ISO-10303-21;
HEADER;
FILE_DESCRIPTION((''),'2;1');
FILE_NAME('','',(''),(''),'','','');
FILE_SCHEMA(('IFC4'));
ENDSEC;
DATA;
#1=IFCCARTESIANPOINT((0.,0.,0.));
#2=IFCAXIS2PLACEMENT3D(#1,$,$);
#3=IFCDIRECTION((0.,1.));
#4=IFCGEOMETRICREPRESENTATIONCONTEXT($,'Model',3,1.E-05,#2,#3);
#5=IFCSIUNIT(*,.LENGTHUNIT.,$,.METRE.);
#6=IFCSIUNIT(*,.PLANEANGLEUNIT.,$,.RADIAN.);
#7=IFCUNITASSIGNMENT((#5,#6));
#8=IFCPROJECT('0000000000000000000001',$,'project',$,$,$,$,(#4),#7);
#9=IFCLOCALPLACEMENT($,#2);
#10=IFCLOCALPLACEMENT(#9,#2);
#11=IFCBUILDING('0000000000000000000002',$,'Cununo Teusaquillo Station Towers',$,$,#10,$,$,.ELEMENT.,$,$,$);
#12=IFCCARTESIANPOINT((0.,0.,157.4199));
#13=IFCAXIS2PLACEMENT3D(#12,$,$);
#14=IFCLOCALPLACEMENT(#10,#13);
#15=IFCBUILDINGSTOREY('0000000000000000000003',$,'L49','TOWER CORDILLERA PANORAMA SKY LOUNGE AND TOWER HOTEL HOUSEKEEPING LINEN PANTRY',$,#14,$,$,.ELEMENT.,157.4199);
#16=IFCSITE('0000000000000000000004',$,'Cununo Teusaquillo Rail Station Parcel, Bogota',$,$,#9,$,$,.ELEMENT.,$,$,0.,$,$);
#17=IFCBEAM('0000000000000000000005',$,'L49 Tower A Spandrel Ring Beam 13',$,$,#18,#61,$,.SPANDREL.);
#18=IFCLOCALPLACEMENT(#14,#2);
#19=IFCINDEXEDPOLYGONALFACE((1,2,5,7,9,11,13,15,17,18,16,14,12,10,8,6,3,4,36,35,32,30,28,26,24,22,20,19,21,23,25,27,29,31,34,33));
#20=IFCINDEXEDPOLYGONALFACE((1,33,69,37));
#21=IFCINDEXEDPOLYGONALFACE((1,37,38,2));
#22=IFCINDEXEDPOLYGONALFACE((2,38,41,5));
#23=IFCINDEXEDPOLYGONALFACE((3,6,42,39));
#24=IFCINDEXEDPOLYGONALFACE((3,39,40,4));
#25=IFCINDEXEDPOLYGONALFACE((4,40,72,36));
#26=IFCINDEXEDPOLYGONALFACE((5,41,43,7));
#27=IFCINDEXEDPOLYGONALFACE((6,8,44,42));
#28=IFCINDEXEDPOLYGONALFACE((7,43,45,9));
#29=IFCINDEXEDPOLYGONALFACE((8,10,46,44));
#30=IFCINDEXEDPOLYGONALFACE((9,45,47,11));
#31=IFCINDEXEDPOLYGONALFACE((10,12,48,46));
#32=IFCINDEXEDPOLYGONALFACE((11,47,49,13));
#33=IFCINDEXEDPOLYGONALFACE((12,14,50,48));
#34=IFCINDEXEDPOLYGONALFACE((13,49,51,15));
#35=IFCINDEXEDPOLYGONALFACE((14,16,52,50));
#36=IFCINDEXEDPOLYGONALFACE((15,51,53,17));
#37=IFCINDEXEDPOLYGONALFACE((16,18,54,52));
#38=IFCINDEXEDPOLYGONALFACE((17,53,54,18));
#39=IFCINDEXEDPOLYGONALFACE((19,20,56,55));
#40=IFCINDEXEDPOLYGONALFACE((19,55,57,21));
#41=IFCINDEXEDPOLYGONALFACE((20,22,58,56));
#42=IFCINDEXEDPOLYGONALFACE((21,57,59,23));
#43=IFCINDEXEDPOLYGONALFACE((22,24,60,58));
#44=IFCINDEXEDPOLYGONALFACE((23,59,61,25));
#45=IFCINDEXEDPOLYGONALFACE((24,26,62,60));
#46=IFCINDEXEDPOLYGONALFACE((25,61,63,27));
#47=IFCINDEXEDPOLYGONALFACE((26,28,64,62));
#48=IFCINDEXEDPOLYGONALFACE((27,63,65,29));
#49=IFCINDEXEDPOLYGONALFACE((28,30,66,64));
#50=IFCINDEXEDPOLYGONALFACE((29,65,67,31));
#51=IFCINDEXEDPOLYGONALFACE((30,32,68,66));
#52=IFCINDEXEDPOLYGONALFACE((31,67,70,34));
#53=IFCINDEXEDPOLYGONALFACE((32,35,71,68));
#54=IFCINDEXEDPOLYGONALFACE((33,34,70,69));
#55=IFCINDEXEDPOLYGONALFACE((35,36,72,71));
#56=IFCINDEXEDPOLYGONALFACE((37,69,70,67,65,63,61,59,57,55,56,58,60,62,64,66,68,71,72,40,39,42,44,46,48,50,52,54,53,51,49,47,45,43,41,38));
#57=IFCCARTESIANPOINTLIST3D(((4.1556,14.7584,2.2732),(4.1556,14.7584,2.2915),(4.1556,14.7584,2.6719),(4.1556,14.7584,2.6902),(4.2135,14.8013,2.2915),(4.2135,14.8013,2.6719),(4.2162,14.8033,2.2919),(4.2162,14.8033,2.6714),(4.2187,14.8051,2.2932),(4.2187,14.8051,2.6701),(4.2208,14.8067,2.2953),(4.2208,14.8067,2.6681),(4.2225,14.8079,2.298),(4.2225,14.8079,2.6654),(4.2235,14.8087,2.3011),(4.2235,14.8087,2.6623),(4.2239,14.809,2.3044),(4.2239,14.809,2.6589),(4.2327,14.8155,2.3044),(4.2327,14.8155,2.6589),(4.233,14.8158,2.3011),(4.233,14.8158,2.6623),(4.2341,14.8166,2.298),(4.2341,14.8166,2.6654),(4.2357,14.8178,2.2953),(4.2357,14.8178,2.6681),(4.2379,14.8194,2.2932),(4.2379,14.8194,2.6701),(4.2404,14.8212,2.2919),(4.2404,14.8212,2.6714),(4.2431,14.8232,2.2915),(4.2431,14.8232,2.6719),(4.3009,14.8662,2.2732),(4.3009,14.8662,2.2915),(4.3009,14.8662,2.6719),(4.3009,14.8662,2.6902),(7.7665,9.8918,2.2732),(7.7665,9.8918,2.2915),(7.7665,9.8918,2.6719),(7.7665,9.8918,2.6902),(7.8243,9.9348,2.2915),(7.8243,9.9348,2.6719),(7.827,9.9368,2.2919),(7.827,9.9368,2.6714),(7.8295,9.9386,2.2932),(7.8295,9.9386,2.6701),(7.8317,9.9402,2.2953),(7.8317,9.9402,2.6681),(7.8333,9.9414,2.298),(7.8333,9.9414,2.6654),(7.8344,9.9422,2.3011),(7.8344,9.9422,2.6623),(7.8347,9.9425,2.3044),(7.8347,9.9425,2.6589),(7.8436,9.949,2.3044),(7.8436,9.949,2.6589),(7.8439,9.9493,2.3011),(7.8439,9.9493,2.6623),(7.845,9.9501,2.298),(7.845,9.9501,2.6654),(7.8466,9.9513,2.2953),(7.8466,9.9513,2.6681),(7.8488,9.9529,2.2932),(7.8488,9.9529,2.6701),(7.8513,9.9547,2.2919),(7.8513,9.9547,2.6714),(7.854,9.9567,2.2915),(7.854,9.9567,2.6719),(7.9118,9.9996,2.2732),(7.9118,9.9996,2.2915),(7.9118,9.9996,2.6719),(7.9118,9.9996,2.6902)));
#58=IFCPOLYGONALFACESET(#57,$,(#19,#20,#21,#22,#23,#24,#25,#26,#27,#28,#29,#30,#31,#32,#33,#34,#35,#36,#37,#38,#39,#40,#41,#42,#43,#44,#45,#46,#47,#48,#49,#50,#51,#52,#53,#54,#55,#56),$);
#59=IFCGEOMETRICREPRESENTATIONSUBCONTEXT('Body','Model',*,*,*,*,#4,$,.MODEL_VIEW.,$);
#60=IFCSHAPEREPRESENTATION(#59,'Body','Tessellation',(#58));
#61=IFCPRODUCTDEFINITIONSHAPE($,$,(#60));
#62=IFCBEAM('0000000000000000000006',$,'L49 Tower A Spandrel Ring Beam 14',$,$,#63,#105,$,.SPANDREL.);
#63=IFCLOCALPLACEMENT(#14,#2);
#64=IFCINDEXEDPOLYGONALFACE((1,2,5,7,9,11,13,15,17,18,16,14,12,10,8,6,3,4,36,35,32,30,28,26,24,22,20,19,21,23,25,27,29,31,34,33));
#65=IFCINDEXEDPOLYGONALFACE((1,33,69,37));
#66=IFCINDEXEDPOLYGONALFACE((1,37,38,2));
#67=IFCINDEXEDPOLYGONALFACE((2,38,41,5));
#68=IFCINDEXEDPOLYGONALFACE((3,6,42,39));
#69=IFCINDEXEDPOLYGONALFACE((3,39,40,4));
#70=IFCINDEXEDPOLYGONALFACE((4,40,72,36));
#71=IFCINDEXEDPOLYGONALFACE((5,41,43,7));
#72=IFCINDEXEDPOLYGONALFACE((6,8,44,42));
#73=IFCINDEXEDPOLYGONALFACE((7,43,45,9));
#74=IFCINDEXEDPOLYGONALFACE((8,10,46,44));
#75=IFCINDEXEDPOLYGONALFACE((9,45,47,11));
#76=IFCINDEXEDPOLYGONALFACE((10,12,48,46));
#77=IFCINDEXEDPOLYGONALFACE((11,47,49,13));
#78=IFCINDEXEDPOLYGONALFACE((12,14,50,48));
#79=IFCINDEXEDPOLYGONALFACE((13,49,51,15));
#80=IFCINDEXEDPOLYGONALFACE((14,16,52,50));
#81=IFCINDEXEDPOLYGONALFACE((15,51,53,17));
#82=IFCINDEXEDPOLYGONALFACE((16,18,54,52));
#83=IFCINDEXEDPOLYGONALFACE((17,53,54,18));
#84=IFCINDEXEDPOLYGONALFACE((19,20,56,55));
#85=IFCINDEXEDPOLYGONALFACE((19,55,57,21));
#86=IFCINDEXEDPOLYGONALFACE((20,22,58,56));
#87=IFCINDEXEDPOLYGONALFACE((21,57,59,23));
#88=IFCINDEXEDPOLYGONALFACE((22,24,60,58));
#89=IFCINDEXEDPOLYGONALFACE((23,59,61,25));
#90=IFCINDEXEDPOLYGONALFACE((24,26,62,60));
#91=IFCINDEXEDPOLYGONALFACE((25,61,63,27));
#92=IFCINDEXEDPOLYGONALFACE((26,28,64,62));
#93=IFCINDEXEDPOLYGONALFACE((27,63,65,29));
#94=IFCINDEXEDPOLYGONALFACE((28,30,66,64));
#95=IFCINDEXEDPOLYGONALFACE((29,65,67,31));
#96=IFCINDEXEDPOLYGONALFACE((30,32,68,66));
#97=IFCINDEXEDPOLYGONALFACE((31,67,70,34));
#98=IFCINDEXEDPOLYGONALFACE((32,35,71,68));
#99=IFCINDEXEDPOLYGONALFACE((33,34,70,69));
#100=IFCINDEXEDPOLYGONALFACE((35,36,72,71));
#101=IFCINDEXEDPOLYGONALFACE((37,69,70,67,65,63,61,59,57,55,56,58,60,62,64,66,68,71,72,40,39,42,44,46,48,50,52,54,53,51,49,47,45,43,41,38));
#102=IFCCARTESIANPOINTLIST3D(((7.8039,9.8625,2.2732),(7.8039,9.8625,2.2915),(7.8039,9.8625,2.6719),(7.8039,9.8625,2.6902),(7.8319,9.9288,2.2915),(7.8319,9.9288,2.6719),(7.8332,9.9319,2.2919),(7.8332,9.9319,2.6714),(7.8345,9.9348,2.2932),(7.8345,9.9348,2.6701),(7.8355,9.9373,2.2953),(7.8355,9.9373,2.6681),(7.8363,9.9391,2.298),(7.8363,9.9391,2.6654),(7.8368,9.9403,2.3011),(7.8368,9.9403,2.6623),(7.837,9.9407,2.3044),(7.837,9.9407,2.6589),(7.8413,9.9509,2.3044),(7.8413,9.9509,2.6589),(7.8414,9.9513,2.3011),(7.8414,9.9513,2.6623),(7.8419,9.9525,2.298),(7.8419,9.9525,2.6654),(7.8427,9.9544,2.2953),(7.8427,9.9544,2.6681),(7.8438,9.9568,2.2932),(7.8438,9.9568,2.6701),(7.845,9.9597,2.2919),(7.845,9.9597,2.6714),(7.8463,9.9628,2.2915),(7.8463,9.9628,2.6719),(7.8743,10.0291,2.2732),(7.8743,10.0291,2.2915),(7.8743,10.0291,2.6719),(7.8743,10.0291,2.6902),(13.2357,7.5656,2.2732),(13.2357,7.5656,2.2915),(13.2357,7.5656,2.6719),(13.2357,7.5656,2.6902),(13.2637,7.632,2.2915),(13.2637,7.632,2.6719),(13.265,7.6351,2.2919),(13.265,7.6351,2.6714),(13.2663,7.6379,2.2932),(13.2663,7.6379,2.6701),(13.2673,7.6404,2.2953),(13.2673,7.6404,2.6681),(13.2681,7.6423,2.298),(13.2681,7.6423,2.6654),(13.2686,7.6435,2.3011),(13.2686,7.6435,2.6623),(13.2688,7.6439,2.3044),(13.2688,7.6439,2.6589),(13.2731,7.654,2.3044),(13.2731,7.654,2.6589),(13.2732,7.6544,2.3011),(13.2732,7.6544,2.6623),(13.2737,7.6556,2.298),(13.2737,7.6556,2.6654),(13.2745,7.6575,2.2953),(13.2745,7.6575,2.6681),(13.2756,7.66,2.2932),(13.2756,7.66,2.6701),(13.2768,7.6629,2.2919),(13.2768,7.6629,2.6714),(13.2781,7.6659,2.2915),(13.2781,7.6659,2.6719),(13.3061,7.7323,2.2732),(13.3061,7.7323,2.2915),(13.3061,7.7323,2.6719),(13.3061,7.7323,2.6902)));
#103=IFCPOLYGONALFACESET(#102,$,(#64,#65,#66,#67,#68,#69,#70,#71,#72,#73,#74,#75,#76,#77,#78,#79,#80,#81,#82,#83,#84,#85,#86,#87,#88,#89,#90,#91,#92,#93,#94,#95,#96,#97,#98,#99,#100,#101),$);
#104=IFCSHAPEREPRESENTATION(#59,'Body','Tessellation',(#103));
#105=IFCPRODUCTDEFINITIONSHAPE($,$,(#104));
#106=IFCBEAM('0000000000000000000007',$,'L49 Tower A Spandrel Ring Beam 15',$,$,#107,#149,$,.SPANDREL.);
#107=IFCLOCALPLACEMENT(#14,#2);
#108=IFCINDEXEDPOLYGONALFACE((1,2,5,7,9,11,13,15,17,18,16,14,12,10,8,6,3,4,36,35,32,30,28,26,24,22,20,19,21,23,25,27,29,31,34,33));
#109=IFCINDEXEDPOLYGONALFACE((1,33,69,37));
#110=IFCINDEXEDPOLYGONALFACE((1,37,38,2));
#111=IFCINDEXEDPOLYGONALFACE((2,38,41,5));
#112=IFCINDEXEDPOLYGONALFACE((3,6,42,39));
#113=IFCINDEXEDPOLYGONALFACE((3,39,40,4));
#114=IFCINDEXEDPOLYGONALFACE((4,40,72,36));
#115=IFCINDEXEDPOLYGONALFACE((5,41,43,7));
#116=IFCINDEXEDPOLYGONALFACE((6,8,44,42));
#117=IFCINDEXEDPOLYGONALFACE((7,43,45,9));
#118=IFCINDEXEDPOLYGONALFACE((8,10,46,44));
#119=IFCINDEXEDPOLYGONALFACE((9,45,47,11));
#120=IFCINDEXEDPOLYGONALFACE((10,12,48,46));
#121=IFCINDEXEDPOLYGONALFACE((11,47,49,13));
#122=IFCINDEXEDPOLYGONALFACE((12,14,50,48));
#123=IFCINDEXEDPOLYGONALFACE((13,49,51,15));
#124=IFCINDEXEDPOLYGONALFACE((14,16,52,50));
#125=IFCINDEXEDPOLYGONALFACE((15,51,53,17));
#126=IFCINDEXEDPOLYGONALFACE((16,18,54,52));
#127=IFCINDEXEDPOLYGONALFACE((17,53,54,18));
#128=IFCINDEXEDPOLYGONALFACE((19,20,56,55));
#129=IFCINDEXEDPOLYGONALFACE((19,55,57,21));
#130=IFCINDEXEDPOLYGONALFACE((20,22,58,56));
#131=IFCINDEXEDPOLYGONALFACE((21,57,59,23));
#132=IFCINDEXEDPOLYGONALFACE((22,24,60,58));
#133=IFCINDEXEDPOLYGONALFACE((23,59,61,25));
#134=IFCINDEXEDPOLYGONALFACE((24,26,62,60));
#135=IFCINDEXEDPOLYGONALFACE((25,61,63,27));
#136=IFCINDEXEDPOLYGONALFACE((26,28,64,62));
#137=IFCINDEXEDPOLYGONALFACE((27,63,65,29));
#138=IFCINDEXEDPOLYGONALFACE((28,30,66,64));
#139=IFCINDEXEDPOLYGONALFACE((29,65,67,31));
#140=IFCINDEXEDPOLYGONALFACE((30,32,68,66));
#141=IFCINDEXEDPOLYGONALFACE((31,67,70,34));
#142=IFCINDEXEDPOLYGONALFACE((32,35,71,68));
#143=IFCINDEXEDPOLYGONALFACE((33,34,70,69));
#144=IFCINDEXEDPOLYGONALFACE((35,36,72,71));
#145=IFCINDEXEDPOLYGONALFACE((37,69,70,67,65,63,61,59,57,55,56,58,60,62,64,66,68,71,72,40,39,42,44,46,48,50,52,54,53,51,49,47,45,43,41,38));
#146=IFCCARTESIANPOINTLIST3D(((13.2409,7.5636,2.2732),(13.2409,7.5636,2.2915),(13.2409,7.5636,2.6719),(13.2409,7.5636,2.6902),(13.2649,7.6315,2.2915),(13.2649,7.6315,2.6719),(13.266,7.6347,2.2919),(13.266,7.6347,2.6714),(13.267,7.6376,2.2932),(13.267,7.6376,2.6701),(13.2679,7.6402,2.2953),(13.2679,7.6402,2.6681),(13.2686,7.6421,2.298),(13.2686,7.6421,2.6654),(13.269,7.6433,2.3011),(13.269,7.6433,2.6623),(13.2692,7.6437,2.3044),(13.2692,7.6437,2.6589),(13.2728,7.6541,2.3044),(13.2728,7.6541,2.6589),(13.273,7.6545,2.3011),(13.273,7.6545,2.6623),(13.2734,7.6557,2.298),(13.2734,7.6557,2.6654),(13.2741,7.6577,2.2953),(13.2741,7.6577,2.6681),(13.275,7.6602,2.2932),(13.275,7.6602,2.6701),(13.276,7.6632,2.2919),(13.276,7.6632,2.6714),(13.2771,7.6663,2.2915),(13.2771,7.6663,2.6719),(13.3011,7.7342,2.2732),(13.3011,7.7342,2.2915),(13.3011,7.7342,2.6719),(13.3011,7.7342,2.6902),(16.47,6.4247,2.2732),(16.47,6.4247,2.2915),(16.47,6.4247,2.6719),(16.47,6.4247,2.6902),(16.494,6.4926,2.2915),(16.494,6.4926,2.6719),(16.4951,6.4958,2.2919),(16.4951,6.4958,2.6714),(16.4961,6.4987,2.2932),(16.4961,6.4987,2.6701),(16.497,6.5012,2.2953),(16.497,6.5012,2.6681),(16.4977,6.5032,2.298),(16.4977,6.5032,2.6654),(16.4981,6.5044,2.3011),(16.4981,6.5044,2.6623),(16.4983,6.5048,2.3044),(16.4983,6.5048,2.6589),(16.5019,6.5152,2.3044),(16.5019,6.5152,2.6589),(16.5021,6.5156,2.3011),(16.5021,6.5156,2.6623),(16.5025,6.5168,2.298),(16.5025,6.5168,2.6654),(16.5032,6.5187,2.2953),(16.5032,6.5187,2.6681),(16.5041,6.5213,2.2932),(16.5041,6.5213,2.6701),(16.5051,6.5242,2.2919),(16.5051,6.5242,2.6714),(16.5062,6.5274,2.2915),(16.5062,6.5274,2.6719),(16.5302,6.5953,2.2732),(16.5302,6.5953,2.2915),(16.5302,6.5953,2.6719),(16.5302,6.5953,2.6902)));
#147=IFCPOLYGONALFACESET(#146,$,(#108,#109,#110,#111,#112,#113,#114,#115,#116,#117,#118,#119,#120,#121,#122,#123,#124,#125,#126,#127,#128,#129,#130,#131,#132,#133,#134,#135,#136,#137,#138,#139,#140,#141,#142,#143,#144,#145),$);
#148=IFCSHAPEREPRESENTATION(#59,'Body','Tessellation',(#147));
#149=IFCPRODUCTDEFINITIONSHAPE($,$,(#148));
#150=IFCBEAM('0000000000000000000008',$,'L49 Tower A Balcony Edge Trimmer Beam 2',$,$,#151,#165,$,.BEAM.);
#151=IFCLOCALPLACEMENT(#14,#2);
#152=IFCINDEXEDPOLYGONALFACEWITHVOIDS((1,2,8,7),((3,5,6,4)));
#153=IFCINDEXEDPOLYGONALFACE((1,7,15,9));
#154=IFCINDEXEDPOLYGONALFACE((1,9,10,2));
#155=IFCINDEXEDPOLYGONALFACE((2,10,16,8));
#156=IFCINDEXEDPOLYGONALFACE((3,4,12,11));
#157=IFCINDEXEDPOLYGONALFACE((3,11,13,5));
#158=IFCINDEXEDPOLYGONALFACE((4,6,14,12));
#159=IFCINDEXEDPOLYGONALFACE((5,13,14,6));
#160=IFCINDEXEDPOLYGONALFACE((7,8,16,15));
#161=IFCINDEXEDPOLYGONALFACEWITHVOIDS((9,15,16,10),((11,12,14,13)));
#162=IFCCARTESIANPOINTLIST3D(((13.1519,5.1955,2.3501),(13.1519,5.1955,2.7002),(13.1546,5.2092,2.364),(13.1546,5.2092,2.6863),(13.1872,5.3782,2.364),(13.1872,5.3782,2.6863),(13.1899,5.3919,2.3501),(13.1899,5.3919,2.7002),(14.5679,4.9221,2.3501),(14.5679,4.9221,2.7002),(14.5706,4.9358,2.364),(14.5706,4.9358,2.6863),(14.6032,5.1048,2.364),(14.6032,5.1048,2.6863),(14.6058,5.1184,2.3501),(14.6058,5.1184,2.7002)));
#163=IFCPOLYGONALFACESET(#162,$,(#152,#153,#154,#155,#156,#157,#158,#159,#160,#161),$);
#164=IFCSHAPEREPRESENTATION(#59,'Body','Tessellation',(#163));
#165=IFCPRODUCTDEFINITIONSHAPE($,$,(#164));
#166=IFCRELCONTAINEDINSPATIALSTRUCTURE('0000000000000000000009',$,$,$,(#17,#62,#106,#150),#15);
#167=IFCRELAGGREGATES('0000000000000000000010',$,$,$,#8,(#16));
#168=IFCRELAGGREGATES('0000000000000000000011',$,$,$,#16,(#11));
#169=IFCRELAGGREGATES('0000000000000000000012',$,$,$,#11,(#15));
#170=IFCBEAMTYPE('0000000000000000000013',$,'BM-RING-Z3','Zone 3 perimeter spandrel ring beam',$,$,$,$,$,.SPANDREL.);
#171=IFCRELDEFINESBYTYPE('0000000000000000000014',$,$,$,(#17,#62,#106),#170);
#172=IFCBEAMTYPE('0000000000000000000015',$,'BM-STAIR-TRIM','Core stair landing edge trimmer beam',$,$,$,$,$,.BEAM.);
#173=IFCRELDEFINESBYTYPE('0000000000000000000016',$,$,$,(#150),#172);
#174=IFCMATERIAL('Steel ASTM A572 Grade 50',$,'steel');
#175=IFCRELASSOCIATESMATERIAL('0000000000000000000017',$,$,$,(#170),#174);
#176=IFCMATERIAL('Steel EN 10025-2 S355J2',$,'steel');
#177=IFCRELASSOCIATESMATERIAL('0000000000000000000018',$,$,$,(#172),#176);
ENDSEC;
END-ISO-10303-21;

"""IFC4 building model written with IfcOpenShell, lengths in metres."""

from ifc_helpers import new_model, si_unit, direction, frame, origin, origin_2d, place, context, subcontext, project, spatial, hollow_rectangle, i_section, extrude, material, material_profile, profile_set, type_object, element, save


model = new_model("IFC4")

# Units and contexts
model_context = context("Model", 3, precision=1e-05, world=origin(), true_north=direction((0.0, 1.0)))
body_context = subcontext(model_context, "Body", "Model", "MODEL_VIEW")
ifc_project = project(units=[si_unit("LENGTHUNIT", "METRE"), si_unit("PLANEANGLEUNIT", "RADIAN")], contexts=[model_context])

# Site, building, storey
site_placement = place(None, origin())
site = spatial("IfcSite", under=ifc_project, at=site_placement, Name="Cununo Teusaquillo Rail Station Parcel, Bogota", CompositionType="ELEMENT", RefElevation=0.0)
building_placement = place(site_placement, origin())
building = spatial("IfcBuilding", under=site, at=building_placement, Name="Cununo Teusaquillo Station Towers", CompositionType="ELEMENT")
storey_placement = place(building_placement, frame((0.0, 0.0, 157.4199)))
storey = spatial("IfcBuildingStorey", under=building, at=storey_placement, Name="L49", Description="TOWER CORDILLERA PANORAMA SKY LOUNGE AND TOWER HOTEL HOUSEKEEPING LINEN PANTRY", CompositionType="ELEMENT", Elevation=157.4199)

# Beams
ifc_material_1 = material(Name="Steel ASTM A572 Grade 50", Category="steel")
ifc_material_profile_1 = material_profile(ifc_material_1, i_section(OverallWidth=0.1809, OverallDepth=0.417, WebThickness=0.011, FlangeThickness=0.0183, FilletRadius=0.0129, at=origin_2d()), Name="W16X57")
ifc_profile_set_1 = profile_set([ifc_material_profile_1], Name="Steel ASTM A572 Grade 50")
beam_type_1 = type_object("IfcBeamType", Name="BM-RING-Z3", Description="Zone 3 perimeter spandrel ring beam", PredefinedType="SPANDREL", material=ifc_profile_set_1)
beam_1_placement = place(storey_placement, frame((4.2283, 14.8123, 2.4817), z_axis=(0.595873, -0.803079, 0.0), x_axis=(0.803079, 0.595873, 0.0)))
element("IfcBeam", 1, at=beam_1_placement, inside=storey, type_object=beam_type_1, Name="L49 Tower A Spandrel Ring Beam 13", PredefinedType="SPANDREL", context=body_context, shape_type="SweptSolid", body=[
    extrude(i_section(OverallWidth=0.1809, OverallDepth=0.417, WebThickness=0.011, FlangeThickness=0.0183, FilletRadius=0.0129, at=origin_2d()), origin(), (0.0, 0.0, 1.0), 6.0598),
])
beam_2_placement = place(storey_placement, frame((7.8391, 9.9458, 2.4817), z_axis=(0.921042, -0.389463, 0.0), x_axis=(0.389463, 0.921042, 0.0)))
element("IfcBeam", 2, at=beam_2_placement, inside=storey, type_object=beam_type_1, Name="L49 Tower A Spandrel Ring Beam 14", PredefinedType="SPANDREL", context=body_context, shape_type="SweptSolid", body=[
    extrude(i_section(OverallWidth=0.1809, OverallDepth=0.417, WebThickness=0.011, FlangeThickness=0.0183, FilletRadius=0.0129, at=origin_2d()), origin(), (0.0, 0.0, 1.0), 5.8975),
])
beam_3_placement = place(storey_placement, frame((13.271, 7.6489, 2.4817), z_axis=(0.943057, -0.33263, 0.0), x_axis=(0.33263, 0.943057, 0.0)))
element("IfcBeam", 3, at=beam_3_placement, inside=storey, type_object=beam_type_1, Name="L49 Tower A Spandrel Ring Beam 15", PredefinedType="SPANDREL", context=body_context, shape_type="SweptSolid", body=[
    extrude(i_section(OverallWidth=0.1809, OverallDepth=0.417, WebThickness=0.011, FlangeThickness=0.0183, FilletRadius=0.0129, at=origin_2d()), origin(), (0.0, 0.0, 1.0), 3.4241),
])
ifc_material_2 = material(Name="Steel EN 10025-2 S355J2", Category="steel")
ifc_material_profile_2 = material_profile(ifc_material_2, hollow_rectangle(XDim=0.2, YDim=0.3501, WallThickness=0.0139, at=origin_2d()), Name="RHS 350x200x14")
ifc_profile_set_2 = profile_set([ifc_material_profile_2], Name="Steel EN 10025-2 S355J2")
beam_type_2 = type_object("IfcBeamType", Name="BM-STAIR-TRIM", Description="Core stair landing edge trimmer beam", PredefinedType="BEAM", material=ifc_profile_set_2)
beam_4_placement = place(storey_placement, frame((13.1709, 5.2937, 2.5251), z_axis=(0.981861, -0.189601, 0.0), x_axis=(0.189601, 0.981861, 0.0)))
element("IfcBeam", 4, at=beam_4_placement, inside=storey, type_object=beam_type_2, Name="L49 Tower A Balcony Edge Trimmer Beam 2", PredefinedType="BEAM", context=body_context, shape_type="SweptSolid", body=[
    extrude(hollow_rectangle(XDim=0.2, YDim=0.3501, WallThickness=0.0139, at=origin_2d()), origin(), (0.0, 0.0, 1.0), 1.4421),
])

save(model, "model.ifc")
